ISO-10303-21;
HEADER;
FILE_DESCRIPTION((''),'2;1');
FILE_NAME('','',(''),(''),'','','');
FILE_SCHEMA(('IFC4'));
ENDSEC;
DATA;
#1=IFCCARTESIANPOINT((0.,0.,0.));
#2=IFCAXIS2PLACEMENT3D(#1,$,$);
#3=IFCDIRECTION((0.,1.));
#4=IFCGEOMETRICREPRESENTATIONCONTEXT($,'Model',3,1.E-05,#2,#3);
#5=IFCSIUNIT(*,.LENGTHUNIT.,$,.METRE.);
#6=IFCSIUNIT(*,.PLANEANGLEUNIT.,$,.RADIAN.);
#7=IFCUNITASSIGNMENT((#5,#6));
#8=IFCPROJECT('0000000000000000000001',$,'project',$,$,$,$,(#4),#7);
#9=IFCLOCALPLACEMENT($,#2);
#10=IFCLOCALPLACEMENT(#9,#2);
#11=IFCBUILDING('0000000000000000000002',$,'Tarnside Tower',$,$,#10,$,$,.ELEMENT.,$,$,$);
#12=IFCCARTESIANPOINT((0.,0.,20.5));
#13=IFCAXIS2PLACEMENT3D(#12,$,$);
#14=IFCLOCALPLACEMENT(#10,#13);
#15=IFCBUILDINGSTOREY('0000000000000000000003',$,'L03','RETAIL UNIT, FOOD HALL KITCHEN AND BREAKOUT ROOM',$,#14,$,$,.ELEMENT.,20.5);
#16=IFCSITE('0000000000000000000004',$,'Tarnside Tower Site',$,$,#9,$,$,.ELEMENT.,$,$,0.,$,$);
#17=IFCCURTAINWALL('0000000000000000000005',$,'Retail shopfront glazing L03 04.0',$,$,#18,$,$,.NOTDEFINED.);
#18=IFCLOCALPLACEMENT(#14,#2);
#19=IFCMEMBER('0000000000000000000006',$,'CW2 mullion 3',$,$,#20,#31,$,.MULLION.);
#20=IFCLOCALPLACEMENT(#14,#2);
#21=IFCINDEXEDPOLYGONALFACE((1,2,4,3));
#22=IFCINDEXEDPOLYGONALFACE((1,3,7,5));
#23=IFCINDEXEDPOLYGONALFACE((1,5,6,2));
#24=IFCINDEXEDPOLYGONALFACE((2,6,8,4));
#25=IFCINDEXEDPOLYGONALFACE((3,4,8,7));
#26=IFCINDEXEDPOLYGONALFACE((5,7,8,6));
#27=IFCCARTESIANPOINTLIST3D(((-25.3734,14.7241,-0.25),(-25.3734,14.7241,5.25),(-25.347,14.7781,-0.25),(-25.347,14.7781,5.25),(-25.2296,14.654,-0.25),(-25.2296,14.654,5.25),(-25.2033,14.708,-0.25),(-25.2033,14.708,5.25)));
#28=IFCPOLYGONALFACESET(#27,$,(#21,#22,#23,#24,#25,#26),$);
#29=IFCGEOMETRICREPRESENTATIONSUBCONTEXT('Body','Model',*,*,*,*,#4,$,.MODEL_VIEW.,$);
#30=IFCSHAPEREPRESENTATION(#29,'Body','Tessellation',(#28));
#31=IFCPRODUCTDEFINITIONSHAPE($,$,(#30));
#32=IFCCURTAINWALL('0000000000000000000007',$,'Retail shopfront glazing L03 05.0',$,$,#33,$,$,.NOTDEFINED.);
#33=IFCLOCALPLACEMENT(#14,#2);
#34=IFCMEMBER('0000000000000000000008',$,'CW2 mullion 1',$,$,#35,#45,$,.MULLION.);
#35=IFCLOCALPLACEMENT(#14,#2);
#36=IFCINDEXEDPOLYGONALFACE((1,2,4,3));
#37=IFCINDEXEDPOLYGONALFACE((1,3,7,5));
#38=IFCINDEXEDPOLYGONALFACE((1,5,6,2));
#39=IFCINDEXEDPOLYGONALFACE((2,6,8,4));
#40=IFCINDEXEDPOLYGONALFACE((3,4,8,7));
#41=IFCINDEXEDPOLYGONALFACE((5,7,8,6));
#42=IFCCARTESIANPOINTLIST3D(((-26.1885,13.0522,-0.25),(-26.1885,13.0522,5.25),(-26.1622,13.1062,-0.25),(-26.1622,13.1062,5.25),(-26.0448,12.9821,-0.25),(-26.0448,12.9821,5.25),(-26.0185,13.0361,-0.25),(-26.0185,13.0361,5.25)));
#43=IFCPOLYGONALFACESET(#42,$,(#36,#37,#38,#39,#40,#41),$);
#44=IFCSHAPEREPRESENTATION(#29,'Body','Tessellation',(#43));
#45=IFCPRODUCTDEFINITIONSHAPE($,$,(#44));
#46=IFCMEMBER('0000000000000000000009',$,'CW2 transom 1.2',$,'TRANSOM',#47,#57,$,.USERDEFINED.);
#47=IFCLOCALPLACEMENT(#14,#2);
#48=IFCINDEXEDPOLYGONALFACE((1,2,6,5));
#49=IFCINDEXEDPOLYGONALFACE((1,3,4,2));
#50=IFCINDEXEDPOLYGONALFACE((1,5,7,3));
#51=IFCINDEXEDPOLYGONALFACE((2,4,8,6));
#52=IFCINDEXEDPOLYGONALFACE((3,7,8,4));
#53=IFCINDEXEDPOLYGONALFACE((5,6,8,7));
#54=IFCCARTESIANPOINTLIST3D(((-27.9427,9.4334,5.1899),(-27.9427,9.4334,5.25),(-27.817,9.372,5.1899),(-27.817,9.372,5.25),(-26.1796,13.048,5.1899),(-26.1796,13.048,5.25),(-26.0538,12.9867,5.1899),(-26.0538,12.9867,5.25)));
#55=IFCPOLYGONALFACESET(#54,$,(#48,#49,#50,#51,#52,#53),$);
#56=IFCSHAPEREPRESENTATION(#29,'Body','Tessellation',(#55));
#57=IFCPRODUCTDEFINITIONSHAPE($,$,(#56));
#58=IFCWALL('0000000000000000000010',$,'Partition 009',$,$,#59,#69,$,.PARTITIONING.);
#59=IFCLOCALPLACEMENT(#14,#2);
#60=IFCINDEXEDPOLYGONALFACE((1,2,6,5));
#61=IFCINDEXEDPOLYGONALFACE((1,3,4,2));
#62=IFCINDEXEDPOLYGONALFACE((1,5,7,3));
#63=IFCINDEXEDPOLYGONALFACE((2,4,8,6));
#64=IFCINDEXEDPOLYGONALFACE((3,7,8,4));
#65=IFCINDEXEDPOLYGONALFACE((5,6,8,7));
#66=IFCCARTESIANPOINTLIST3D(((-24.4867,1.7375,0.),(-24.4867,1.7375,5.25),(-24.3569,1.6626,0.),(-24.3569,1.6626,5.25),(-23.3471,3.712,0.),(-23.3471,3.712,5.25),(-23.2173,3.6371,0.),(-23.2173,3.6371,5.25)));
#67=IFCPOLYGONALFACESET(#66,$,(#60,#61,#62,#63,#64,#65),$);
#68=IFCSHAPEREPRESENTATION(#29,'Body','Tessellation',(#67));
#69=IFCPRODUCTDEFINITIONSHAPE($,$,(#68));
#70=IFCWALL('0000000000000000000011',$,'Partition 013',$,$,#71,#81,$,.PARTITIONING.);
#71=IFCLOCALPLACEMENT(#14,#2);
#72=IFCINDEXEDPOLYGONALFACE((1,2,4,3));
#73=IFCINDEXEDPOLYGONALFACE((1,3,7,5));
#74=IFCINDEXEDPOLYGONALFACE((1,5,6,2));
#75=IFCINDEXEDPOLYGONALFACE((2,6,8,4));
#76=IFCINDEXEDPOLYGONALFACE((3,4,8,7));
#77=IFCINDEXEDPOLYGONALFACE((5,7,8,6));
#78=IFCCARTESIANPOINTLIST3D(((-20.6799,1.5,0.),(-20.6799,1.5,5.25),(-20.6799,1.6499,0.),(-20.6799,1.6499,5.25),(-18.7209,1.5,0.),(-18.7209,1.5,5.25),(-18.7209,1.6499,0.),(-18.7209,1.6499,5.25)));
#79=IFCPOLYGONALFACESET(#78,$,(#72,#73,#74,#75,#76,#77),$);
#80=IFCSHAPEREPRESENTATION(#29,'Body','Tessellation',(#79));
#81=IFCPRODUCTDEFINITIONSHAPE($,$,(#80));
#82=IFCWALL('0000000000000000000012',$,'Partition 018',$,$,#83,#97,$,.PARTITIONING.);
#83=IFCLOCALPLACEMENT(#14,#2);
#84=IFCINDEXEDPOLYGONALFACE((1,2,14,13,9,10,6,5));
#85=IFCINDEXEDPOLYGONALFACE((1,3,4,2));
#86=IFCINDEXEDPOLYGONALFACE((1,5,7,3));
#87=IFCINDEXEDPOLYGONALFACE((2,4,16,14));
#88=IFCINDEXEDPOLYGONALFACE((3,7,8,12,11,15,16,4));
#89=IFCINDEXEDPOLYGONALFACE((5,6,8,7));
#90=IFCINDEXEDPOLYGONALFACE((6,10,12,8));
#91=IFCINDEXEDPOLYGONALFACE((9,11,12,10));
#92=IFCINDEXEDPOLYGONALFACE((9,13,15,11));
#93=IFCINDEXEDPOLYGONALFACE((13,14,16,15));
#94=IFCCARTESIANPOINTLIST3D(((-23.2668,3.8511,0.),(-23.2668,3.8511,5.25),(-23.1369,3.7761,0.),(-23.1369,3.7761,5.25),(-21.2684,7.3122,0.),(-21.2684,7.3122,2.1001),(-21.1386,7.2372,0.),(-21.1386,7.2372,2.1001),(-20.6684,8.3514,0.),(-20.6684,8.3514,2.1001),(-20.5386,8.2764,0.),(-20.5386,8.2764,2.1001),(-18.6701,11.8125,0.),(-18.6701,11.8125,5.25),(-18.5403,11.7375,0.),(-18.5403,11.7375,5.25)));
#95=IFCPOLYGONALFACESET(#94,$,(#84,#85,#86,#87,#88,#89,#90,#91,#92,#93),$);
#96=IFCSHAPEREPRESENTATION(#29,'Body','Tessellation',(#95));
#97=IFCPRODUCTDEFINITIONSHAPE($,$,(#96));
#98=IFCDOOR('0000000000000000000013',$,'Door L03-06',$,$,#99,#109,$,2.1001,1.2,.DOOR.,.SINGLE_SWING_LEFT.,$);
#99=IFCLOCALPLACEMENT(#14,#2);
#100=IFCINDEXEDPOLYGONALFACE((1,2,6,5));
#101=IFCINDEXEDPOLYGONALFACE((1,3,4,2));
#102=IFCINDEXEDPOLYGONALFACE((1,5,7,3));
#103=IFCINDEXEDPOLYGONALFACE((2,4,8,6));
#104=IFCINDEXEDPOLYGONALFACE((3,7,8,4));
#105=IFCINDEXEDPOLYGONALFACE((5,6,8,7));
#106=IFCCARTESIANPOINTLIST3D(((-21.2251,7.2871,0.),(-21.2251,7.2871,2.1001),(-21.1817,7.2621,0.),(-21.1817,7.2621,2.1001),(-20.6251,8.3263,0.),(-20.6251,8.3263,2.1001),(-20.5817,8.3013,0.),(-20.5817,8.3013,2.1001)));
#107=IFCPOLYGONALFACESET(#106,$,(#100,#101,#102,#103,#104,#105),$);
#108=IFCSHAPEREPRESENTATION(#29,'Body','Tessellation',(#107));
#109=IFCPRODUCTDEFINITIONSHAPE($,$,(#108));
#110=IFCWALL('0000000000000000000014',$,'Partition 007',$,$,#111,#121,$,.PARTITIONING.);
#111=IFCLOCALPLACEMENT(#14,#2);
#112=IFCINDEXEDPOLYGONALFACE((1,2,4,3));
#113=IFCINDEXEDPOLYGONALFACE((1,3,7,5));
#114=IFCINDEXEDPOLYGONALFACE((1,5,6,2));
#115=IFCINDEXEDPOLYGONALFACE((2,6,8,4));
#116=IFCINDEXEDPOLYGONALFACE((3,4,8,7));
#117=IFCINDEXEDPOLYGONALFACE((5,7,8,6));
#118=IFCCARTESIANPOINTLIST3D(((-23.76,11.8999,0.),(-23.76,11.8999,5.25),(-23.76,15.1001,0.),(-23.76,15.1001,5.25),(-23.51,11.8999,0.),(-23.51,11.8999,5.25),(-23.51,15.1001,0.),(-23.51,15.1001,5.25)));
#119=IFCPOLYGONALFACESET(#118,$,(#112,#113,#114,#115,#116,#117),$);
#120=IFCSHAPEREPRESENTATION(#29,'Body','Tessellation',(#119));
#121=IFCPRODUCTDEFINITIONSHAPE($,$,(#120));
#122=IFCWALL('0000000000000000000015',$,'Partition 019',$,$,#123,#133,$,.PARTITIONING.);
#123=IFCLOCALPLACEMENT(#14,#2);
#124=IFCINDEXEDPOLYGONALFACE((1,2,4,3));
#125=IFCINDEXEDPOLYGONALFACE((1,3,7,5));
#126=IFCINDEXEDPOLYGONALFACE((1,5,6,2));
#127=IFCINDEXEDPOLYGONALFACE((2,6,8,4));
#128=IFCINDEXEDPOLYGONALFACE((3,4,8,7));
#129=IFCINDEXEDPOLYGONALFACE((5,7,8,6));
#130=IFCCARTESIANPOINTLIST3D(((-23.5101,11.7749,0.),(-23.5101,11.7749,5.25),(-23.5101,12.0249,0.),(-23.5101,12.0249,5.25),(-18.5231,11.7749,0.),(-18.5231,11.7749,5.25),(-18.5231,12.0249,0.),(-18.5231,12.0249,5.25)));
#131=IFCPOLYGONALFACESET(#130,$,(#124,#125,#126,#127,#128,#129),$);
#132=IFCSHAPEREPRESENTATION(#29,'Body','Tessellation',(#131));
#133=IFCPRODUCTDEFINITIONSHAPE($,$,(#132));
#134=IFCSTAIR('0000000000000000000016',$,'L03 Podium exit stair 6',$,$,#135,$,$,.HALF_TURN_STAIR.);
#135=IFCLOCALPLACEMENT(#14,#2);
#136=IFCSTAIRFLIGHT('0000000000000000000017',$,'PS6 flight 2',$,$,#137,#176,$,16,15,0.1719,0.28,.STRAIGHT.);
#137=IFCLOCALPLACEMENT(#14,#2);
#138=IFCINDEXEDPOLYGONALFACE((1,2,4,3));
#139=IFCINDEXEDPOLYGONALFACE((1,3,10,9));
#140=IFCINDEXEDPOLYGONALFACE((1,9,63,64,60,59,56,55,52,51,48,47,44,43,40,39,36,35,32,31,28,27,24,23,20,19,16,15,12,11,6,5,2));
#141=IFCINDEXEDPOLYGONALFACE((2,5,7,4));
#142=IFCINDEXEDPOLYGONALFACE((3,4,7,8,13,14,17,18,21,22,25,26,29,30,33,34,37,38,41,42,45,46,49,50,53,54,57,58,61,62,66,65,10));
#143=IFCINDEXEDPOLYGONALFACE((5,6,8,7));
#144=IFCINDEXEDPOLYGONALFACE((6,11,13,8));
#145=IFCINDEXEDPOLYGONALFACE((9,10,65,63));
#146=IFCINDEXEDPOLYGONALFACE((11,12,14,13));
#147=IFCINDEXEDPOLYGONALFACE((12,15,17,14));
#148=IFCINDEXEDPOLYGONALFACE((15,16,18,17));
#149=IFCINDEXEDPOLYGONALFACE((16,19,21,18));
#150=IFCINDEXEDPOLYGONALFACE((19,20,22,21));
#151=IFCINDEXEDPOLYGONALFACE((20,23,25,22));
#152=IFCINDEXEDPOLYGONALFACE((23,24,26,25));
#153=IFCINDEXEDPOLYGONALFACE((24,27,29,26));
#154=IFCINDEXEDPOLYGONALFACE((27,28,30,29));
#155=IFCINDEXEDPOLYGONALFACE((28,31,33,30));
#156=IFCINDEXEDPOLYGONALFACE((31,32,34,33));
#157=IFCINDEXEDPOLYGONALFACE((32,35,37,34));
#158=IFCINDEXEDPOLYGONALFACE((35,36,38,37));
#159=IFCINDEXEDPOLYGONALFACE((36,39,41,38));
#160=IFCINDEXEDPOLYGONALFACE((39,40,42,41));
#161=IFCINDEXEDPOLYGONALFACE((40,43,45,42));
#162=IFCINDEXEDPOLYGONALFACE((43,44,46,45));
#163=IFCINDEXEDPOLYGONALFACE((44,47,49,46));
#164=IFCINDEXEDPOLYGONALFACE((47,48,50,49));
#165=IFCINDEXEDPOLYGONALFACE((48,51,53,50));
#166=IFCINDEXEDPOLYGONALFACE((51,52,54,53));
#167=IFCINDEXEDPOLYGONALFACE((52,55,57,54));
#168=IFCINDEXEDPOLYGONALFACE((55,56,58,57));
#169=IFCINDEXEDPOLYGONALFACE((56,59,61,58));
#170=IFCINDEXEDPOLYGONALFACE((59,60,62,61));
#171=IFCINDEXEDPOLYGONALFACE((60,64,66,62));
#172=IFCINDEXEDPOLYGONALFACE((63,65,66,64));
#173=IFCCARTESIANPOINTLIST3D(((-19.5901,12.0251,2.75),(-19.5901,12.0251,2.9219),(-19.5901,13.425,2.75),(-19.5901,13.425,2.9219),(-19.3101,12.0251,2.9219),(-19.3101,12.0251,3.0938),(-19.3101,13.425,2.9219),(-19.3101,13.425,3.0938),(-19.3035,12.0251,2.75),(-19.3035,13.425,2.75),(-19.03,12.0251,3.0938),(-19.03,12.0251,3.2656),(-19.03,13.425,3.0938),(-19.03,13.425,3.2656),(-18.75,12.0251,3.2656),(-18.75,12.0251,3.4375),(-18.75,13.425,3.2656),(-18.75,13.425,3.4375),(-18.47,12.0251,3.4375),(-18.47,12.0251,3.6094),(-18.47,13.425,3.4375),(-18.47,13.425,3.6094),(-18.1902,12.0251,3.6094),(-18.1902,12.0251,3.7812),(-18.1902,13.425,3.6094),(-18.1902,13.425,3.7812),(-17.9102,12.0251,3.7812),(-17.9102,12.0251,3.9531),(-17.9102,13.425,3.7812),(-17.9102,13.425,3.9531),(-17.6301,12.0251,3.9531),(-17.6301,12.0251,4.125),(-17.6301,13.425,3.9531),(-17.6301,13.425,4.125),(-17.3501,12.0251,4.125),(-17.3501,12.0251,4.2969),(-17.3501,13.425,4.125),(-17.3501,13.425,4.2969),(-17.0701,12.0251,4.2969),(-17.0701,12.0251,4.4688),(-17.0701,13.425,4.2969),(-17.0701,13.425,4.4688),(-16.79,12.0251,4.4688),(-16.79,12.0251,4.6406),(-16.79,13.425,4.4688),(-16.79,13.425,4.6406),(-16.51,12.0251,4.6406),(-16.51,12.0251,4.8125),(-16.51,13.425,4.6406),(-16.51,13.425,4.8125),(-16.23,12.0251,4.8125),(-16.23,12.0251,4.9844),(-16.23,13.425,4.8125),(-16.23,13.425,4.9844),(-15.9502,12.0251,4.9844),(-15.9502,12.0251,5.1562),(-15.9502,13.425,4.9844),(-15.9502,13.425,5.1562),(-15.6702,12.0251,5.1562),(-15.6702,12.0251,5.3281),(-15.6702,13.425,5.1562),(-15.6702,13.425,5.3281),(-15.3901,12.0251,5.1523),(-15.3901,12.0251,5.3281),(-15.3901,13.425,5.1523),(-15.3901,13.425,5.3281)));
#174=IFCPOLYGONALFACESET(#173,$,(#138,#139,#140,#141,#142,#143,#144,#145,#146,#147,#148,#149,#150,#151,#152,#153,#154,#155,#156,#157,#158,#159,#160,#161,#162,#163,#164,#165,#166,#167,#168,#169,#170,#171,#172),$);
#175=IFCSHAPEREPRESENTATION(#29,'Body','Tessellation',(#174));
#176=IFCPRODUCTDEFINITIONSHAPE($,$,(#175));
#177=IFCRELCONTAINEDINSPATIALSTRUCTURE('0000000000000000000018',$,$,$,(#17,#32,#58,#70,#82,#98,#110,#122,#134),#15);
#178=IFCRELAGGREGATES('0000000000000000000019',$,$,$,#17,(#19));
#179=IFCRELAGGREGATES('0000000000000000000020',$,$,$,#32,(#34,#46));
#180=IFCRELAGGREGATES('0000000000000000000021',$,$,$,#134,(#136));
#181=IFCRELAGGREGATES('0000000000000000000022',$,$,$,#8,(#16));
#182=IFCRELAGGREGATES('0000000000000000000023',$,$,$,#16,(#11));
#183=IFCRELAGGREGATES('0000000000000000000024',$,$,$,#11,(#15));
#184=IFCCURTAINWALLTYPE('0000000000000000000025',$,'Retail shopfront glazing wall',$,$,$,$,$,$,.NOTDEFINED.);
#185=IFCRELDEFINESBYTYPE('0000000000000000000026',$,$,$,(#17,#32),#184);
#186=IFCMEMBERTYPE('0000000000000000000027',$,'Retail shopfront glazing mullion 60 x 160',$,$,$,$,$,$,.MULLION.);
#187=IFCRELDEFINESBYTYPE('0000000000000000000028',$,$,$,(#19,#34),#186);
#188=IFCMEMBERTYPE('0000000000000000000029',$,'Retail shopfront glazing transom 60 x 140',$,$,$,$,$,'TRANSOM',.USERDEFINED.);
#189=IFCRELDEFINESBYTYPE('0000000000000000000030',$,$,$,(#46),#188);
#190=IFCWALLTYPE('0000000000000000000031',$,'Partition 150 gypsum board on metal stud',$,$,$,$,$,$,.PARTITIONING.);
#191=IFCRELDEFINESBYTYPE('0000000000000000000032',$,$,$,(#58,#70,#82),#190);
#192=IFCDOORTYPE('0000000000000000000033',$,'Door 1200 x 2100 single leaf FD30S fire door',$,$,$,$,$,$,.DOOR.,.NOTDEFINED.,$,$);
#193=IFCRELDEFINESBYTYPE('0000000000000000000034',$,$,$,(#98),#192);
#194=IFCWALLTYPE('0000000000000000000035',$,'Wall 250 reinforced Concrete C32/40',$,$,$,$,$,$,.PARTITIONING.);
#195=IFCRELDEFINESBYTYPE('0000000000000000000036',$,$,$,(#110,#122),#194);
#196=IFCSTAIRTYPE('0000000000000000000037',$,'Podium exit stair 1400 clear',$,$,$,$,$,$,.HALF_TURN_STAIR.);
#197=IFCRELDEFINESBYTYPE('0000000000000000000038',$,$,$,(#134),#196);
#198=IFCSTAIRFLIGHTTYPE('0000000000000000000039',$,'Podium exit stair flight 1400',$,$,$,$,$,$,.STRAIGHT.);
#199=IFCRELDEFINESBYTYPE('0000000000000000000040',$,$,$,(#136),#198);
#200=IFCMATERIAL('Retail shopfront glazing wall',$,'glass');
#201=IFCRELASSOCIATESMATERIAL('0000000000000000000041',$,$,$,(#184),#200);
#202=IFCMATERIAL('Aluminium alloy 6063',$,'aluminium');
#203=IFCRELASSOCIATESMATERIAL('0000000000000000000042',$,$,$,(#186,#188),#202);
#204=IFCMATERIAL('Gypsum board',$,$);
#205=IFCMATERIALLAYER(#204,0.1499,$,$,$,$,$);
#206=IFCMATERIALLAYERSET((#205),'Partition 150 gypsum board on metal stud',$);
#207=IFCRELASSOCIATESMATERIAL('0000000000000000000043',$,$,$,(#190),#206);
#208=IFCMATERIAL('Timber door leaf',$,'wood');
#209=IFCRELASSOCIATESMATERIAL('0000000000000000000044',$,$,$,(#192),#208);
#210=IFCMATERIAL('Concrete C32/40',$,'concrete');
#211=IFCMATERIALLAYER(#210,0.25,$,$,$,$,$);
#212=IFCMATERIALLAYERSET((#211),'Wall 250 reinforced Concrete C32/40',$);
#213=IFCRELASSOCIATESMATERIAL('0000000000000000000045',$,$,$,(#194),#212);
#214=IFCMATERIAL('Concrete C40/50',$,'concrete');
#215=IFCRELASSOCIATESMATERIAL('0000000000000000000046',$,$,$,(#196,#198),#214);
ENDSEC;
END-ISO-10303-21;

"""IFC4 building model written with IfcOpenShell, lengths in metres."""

from ifc_helpers import new_model, si_unit, direction, frame, frame_2d, origin, origin_2d, place, context, subcontext, project, spatial, polyline, rectangle, outline, extrude, material, layer, layer_set, material_profile, profile_set, type_object, element, fill, aggregate, save


model = new_model("IFC4")

# Units and contexts
model_context = context("Model", 3, precision=1e-05, world=origin(), true_north=direction((0.0, 1.0)))
body_context = subcontext(model_context, "Body", "Model", "MODEL_VIEW")
ifc_project = project(units=[si_unit("LENGTHUNIT", "METRE"), si_unit("PLANEANGLEUNIT", "RADIAN")], contexts=[model_context])

# Site, building, storey
site_placement = place(None, origin())
site = spatial("IfcSite", under=ifc_project, at=site_placement, Name="Tarnside Tower Site", CompositionType="ELEMENT", RefElevation=0.0)
building_placement = place(site_placement, origin())
building = spatial("IfcBuilding", under=site, at=building_placement, Name="Tarnside Tower", CompositionType="ELEMENT")
storey_placement = place(building_placement, frame((0.0, 0.0, 20.5)))
storey = spatial("IfcBuildingStorey", under=building, at=storey_placement, Name="L03", Description="RETAIL UNIT, FOOD HALL KITCHEN AND BREAKOUT ROOM", CompositionType="ELEMENT", Elevation=20.5)

# Curtain wall, member
ifc_material_1 = material(Name="Retail shopfront glazing wall", Category="glass")
curtain_wall_type = type_object("IfcCurtainWallType", Name="Retail shopfront glazing wall", PredefinedType="NOTDEFINED", material=ifc_material_1)
curtain_wall_1_placement = place(storey_placement, origin())
curtain_wall_1 = element("IfcCurtainWall", 1, at=curtain_wall_1_placement, inside=storey, type_object=curtain_wall_type, Name="Retail shopfront glazing L03 04.0", PredefinedType="NOTDEFINED")
ifc_material_2 = material(Name="Aluminium alloy 6063", Category="aluminium")
ifc_material_profile_1 = material_profile(ifc_material_2, rectangle(XDim=0.1599, YDim=0.0601, at=origin_2d()), Name="Retail shopfront glazing mullion 60 x 160")
ifc_profile_set_1 = profile_set([ifc_material_profile_1], Name="Aluminium alloy 6063")
member_type_1 = type_object("IfcMemberType", Name="Retail shopfront glazing mullion 60 x 160", PredefinedType="MULLION", material=ifc_profile_set_1)
member_1_placement = place(storey_placement, frame((-25.2883, 14.7161, -0.25), z_axis=(0.0, 0.0, 1.0), x_axis=(0.898794, -0.438371, 0.0)))
member_1 = element("IfcMember", 2, at=member_1_placement, type_object=member_type_1, Name="CW2 mullion 3", PredefinedType="MULLION", context=body_context, shape_type="SweptSolid", body=[
    extrude(rectangle(XDim=0.1599, YDim=0.0601, at=origin_2d()), origin(), (0.0, 0.0, 1.0), 5.5),
])
aggregate(curtain_wall_1, [member_1])

# Curtain wall, members
curtain_wall_2_placement = place(storey_placement, origin())
curtain_wall_2 = element("IfcCurtainWall", 3, at=curtain_wall_2_placement, inside=storey, type_object=curtain_wall_type, Name="Retail shopfront glazing L03 05.0", PredefinedType="NOTDEFINED")
member_2_placement = place(storey_placement, frame((-26.1035, 13.0442, -0.25), z_axis=(0.0, 0.0, 1.0), x_axis=(0.898794, -0.438371, 0.0)))
member_2 = element("IfcMember", 4, at=member_2_placement, type_object=member_type_1, Name="CW2 mullion 1", PredefinedType="MULLION", context=body_context, shape_type="SweptSolid", body=[
    extrude(rectangle(XDim=0.1599, YDim=0.0601, at=origin_2d()), origin(), (0.0, 0.0, 1.0), 5.5),
])
ifc_material_profile_2 = material_profile(ifc_material_2, rectangle(XDim=0.1399, YDim=0.0601, at=origin_2d()), Name="Retail shopfront glazing transom 60 x 140")
ifc_profile_set_2 = profile_set([ifc_material_profile_2], Name="Aluminium alloy 6063")
member_type_2 = type_object("IfcMemberType", Name="Retail shopfront glazing transom 60 x 140", ElementType="TRANSOM", PredefinedType="USERDEFINED", material=ifc_profile_set_2)
member_3_placement = place(storey_placement, frame((-26.1167, 13.0173, 5.22), z_axis=(-0.438402, -0.898779, 0.0), x_axis=(0.898779, -0.438402, 0.0)))
member_3 = element("IfcMember", 5, at=member_3_placement, type_object=member_type_2, Name="CW2 transom 1.2", ObjectType="TRANSOM", PredefinedType="USERDEFINED", context=body_context, shape_type="SweptSolid", body=[
    extrude(rectangle(XDim=0.1399, YDim=0.0601, at=origin_2d()), origin(), (0.0, 0.0, 1.0), 4.0217),
])
aggregate(curtain_wall_2, [member_2, member_3])

# Walls
ifc_material_3 = material(Name="Gypsum board")
ifc_layer_1 = layer(ifc_material_3, 0.1499)
ifc_layer_set_1 = layer_set([ifc_layer_1], Name="Partition 150 gypsum board on metal stud")
wall_type_1 = type_object("IfcWallType", Name="Partition 150 gypsum board on metal stud", PredefinedType="PARTITIONING", material=ifc_layer_set_1)
wall_1_placement = place(storey_placement, frame((-23.2822, 3.6746, 0.0), z_axis=(0.0, 0.0, 1.0), x_axis=(-0.499871, -0.8661, 0.0)))
element("IfcWall", 6, at=wall_1_placement, inside=storey, type_object=wall_type_1, Name="Partition 009", PredefinedType="PARTITIONING", context=body_context, shape_type="SweptSolid", body=[
    extrude(rectangle(XDim=2.2798, YDim=0.1499, at=frame_2d((1.1399, 0.0))), origin(), (0.0, 0.0, 1.0), 5.25),
])
wall_2_placement = place(storey_placement, frame((-20.6799, 1.575, 0.0), z_axis=(0.0, 0.0, 1.0), x_axis=(1.0, 0.0, 0.0)))
element("IfcWall", 7, at=wall_2_placement, inside=storey, type_object=wall_type_1, Name="Partition 013", PredefinedType="PARTITIONING", context=body_context, shape_type="SweptSolid", body=[
    extrude(rectangle(XDim=1.959, YDim=0.1499, at=frame_2d((0.9795, 0.0))), origin(), (0.0, 0.0, 1.0), 5.25),
])

# Wall, opening, door
wall_3_placement = place(storey_placement, frame((-23.2019, 3.8135, 0.0), z_axis=(0.0, 0.0, 1.0), x_axis=(0.500012, 0.866018, 0.0)))
wall_3 = element("IfcWall", 8, at=wall_3_placement, inside=storey, type_object=wall_type_1, Name="Partition 018", PredefinedType="PARTITIONING", context=body_context, shape_type="SweptSolid", body=[
    extrude(rectangle(XDim=9.1931, YDim=0.1499, at=frame_2d((4.5967, 0.0))), origin(), (0.0, 0.0, 1.0), 5.25),
])
opening_placement = place(wall_3_placement, frame((3.9966, 0.0, 0.0)))
opening = element("IfcOpeningElement", 9, at=opening_placement, cuts=wall_3, PredefinedType="OPENING", context=body_context, shape_type="SweptSolid", body=[
    extrude(rectangle(XDim=1.2, YDim=2.1001, at=frame_2d((0.6001, 1.05))), frame((0.0, 0.085, 0.0), z_axis=(0.0, -1.0, 0.0), x_axis=(1.0, 0.0, 0.0)), (0.0, 0.0, 1.0), 0.1699),
])
ifc_material_4 = material(Name="Timber door leaf", Category="wood")
door_type = type_object("IfcDoorType", Name="Door 1200 x 2100 single leaf FD30S fire door", OperationType="NOTDEFINED", PredefinedType="DOOR", material=ifc_material_4)
door_placement = place(opening_placement, origin())
door = element("IfcDoor", 10, at=door_placement, inside=storey, type_object=door_type, Name="Door L03-06", OperationType="SINGLE_SWING_LEFT", OverallHeight=2.1001, OverallWidth=1.2, PredefinedType="DOOR", context=body_context, shape_type="SweptSolid", body=[
    extrude(rectangle(XDim=1.2, YDim=2.1001, at=frame_2d((0.6001, 1.05))), frame((0.0, 0.0249, 0.0), z_axis=(0.0, -1.0, 0.0), x_axis=(1.0, 0.0, 0.0)), (0.0, 0.0, 1.0), 0.05),
])
fill(opening, door)

# Walls
ifc_material_5 = material(Name="Concrete C32/40", Category="concrete")
ifc_layer_2 = layer(ifc_material_5, 0.25)
ifc_layer_set_2 = layer_set([ifc_layer_2], Name="Wall 250 reinforced Concrete C32/40")
wall_type_2 = type_object("IfcWallType", Name="Wall 250 reinforced Concrete C32/40", PredefinedType="PARTITIONING", material=ifc_layer_set_2)
wall_4_placement = place(storey_placement, frame((-23.635, 11.8999, 0.0), z_axis=(0.0, 0.0, 1.0), x_axis=(0.0, 1.0, 0.0)))
element("IfcWall", 11, at=wall_4_placement, inside=storey, type_object=wall_type_2, Name="Partition 007", PredefinedType="PARTITIONING", context=body_context, shape_type="SweptSolid", body=[
    extrude(rectangle(XDim=3.2002, YDim=0.25, at=frame_2d((1.6001, 0.0))), origin(), (0.0, 0.0, 1.0), 5.25),
])
wall_5_placement = place(storey_placement, frame((-18.5229, 11.8999, 0.0), z_axis=(0.0, 0.0, 1.0), x_axis=(-1.0, 0.0, 0.0)))
element("IfcWall", 12, at=wall_5_placement, inside=storey, type_object=wall_type_2, Name="Partition 019", PredefinedType="PARTITIONING", context=body_context, shape_type="SweptSolid", body=[
    extrude(rectangle(XDim=4.9871, YDim=0.25, at=frame_2d((2.4937, 0.0))), origin(), (0.0, 0.0, 1.0), 5.25),
])

# Stair, stair flight
ifc_material_6 = material(Name="Concrete C40/50", Category="concrete")
stair_type = type_object("IfcStairType", Name="Podium exit stair 1400 clear", PredefinedType="HALF_TURN_STAIR", material=ifc_material_6)
stair_placement = place(storey_placement, origin())
stair = element("IfcStair", 13, at=stair_placement, inside=storey, type_object=stair_type, Name="L03 Podium exit stair 6", PredefinedType="HALF_TURN_STAIR")
stair_flight_type = type_object("IfcStairFlightType", Name="Podium exit stair flight 1400", PredefinedType="STRAIGHT", material=ifc_material_6)
stair_flight_placement = place(storey_placement, frame((-19.5901, 12.7251, 2.75), z_axis=(0.0, 0.0, 1.0), x_axis=(1.0, 0.0, 0.0)))
stair_flight = element("IfcStairFlight", 14, at=stair_flight_placement, type_object=stair_flight_type, Name="PS6 flight 2", NumberOfRisers=16, NumberOfTreads=15, PredefinedType="STRAIGHT", RiserHeight=0.1719, TreadLength=0.28, context=body_context, shape_type="SweptSolid", body=[
    extrude(outline(polyline([(0.0, 0.0), (0.0, 0.1719), (0.28, 0.1719), (0.28, 0.3438), (0.5601, 0.3438), (0.5601, 0.5156), (0.8401, 0.5156), (0.8401, 0.6875), (1.1201, 0.6875), (1.1201, 0.8594), (1.3999, 0.8594), (1.3999, 1.0312), (1.6799, 1.0312), (1.6799, 1.2031), (1.96, 1.2031), (1.96, 1.375), (2.24, 1.375), (2.24, 1.5469), (2.52, 1.5469), (2.52, 1.7188), (2.8, 1.7188), (2.8, 1.8906), (3.0801, 1.8906), (3.0801, 2.0625), (3.3601, 2.0625), (3.3601, 2.2344), (3.6399, 2.2344), (3.6399, 2.4062), (3.9199, 2.4062), (3.9199, 2.5781), (4.2, 2.5781), (4.2, 2.75), (4.2, 2.4023), (0.2866, 0.0), (0.0, 0.0)])), frame((0.0, 0.7, 0.0), z_axis=(0.0, -1.0, 0.0), x_axis=(1.0, 0.0, 0.0)), (0.0, 0.0, 1.0), 1.3999),
])
aggregate(stair, [stair_flight])

save(model, "model.ifc")
